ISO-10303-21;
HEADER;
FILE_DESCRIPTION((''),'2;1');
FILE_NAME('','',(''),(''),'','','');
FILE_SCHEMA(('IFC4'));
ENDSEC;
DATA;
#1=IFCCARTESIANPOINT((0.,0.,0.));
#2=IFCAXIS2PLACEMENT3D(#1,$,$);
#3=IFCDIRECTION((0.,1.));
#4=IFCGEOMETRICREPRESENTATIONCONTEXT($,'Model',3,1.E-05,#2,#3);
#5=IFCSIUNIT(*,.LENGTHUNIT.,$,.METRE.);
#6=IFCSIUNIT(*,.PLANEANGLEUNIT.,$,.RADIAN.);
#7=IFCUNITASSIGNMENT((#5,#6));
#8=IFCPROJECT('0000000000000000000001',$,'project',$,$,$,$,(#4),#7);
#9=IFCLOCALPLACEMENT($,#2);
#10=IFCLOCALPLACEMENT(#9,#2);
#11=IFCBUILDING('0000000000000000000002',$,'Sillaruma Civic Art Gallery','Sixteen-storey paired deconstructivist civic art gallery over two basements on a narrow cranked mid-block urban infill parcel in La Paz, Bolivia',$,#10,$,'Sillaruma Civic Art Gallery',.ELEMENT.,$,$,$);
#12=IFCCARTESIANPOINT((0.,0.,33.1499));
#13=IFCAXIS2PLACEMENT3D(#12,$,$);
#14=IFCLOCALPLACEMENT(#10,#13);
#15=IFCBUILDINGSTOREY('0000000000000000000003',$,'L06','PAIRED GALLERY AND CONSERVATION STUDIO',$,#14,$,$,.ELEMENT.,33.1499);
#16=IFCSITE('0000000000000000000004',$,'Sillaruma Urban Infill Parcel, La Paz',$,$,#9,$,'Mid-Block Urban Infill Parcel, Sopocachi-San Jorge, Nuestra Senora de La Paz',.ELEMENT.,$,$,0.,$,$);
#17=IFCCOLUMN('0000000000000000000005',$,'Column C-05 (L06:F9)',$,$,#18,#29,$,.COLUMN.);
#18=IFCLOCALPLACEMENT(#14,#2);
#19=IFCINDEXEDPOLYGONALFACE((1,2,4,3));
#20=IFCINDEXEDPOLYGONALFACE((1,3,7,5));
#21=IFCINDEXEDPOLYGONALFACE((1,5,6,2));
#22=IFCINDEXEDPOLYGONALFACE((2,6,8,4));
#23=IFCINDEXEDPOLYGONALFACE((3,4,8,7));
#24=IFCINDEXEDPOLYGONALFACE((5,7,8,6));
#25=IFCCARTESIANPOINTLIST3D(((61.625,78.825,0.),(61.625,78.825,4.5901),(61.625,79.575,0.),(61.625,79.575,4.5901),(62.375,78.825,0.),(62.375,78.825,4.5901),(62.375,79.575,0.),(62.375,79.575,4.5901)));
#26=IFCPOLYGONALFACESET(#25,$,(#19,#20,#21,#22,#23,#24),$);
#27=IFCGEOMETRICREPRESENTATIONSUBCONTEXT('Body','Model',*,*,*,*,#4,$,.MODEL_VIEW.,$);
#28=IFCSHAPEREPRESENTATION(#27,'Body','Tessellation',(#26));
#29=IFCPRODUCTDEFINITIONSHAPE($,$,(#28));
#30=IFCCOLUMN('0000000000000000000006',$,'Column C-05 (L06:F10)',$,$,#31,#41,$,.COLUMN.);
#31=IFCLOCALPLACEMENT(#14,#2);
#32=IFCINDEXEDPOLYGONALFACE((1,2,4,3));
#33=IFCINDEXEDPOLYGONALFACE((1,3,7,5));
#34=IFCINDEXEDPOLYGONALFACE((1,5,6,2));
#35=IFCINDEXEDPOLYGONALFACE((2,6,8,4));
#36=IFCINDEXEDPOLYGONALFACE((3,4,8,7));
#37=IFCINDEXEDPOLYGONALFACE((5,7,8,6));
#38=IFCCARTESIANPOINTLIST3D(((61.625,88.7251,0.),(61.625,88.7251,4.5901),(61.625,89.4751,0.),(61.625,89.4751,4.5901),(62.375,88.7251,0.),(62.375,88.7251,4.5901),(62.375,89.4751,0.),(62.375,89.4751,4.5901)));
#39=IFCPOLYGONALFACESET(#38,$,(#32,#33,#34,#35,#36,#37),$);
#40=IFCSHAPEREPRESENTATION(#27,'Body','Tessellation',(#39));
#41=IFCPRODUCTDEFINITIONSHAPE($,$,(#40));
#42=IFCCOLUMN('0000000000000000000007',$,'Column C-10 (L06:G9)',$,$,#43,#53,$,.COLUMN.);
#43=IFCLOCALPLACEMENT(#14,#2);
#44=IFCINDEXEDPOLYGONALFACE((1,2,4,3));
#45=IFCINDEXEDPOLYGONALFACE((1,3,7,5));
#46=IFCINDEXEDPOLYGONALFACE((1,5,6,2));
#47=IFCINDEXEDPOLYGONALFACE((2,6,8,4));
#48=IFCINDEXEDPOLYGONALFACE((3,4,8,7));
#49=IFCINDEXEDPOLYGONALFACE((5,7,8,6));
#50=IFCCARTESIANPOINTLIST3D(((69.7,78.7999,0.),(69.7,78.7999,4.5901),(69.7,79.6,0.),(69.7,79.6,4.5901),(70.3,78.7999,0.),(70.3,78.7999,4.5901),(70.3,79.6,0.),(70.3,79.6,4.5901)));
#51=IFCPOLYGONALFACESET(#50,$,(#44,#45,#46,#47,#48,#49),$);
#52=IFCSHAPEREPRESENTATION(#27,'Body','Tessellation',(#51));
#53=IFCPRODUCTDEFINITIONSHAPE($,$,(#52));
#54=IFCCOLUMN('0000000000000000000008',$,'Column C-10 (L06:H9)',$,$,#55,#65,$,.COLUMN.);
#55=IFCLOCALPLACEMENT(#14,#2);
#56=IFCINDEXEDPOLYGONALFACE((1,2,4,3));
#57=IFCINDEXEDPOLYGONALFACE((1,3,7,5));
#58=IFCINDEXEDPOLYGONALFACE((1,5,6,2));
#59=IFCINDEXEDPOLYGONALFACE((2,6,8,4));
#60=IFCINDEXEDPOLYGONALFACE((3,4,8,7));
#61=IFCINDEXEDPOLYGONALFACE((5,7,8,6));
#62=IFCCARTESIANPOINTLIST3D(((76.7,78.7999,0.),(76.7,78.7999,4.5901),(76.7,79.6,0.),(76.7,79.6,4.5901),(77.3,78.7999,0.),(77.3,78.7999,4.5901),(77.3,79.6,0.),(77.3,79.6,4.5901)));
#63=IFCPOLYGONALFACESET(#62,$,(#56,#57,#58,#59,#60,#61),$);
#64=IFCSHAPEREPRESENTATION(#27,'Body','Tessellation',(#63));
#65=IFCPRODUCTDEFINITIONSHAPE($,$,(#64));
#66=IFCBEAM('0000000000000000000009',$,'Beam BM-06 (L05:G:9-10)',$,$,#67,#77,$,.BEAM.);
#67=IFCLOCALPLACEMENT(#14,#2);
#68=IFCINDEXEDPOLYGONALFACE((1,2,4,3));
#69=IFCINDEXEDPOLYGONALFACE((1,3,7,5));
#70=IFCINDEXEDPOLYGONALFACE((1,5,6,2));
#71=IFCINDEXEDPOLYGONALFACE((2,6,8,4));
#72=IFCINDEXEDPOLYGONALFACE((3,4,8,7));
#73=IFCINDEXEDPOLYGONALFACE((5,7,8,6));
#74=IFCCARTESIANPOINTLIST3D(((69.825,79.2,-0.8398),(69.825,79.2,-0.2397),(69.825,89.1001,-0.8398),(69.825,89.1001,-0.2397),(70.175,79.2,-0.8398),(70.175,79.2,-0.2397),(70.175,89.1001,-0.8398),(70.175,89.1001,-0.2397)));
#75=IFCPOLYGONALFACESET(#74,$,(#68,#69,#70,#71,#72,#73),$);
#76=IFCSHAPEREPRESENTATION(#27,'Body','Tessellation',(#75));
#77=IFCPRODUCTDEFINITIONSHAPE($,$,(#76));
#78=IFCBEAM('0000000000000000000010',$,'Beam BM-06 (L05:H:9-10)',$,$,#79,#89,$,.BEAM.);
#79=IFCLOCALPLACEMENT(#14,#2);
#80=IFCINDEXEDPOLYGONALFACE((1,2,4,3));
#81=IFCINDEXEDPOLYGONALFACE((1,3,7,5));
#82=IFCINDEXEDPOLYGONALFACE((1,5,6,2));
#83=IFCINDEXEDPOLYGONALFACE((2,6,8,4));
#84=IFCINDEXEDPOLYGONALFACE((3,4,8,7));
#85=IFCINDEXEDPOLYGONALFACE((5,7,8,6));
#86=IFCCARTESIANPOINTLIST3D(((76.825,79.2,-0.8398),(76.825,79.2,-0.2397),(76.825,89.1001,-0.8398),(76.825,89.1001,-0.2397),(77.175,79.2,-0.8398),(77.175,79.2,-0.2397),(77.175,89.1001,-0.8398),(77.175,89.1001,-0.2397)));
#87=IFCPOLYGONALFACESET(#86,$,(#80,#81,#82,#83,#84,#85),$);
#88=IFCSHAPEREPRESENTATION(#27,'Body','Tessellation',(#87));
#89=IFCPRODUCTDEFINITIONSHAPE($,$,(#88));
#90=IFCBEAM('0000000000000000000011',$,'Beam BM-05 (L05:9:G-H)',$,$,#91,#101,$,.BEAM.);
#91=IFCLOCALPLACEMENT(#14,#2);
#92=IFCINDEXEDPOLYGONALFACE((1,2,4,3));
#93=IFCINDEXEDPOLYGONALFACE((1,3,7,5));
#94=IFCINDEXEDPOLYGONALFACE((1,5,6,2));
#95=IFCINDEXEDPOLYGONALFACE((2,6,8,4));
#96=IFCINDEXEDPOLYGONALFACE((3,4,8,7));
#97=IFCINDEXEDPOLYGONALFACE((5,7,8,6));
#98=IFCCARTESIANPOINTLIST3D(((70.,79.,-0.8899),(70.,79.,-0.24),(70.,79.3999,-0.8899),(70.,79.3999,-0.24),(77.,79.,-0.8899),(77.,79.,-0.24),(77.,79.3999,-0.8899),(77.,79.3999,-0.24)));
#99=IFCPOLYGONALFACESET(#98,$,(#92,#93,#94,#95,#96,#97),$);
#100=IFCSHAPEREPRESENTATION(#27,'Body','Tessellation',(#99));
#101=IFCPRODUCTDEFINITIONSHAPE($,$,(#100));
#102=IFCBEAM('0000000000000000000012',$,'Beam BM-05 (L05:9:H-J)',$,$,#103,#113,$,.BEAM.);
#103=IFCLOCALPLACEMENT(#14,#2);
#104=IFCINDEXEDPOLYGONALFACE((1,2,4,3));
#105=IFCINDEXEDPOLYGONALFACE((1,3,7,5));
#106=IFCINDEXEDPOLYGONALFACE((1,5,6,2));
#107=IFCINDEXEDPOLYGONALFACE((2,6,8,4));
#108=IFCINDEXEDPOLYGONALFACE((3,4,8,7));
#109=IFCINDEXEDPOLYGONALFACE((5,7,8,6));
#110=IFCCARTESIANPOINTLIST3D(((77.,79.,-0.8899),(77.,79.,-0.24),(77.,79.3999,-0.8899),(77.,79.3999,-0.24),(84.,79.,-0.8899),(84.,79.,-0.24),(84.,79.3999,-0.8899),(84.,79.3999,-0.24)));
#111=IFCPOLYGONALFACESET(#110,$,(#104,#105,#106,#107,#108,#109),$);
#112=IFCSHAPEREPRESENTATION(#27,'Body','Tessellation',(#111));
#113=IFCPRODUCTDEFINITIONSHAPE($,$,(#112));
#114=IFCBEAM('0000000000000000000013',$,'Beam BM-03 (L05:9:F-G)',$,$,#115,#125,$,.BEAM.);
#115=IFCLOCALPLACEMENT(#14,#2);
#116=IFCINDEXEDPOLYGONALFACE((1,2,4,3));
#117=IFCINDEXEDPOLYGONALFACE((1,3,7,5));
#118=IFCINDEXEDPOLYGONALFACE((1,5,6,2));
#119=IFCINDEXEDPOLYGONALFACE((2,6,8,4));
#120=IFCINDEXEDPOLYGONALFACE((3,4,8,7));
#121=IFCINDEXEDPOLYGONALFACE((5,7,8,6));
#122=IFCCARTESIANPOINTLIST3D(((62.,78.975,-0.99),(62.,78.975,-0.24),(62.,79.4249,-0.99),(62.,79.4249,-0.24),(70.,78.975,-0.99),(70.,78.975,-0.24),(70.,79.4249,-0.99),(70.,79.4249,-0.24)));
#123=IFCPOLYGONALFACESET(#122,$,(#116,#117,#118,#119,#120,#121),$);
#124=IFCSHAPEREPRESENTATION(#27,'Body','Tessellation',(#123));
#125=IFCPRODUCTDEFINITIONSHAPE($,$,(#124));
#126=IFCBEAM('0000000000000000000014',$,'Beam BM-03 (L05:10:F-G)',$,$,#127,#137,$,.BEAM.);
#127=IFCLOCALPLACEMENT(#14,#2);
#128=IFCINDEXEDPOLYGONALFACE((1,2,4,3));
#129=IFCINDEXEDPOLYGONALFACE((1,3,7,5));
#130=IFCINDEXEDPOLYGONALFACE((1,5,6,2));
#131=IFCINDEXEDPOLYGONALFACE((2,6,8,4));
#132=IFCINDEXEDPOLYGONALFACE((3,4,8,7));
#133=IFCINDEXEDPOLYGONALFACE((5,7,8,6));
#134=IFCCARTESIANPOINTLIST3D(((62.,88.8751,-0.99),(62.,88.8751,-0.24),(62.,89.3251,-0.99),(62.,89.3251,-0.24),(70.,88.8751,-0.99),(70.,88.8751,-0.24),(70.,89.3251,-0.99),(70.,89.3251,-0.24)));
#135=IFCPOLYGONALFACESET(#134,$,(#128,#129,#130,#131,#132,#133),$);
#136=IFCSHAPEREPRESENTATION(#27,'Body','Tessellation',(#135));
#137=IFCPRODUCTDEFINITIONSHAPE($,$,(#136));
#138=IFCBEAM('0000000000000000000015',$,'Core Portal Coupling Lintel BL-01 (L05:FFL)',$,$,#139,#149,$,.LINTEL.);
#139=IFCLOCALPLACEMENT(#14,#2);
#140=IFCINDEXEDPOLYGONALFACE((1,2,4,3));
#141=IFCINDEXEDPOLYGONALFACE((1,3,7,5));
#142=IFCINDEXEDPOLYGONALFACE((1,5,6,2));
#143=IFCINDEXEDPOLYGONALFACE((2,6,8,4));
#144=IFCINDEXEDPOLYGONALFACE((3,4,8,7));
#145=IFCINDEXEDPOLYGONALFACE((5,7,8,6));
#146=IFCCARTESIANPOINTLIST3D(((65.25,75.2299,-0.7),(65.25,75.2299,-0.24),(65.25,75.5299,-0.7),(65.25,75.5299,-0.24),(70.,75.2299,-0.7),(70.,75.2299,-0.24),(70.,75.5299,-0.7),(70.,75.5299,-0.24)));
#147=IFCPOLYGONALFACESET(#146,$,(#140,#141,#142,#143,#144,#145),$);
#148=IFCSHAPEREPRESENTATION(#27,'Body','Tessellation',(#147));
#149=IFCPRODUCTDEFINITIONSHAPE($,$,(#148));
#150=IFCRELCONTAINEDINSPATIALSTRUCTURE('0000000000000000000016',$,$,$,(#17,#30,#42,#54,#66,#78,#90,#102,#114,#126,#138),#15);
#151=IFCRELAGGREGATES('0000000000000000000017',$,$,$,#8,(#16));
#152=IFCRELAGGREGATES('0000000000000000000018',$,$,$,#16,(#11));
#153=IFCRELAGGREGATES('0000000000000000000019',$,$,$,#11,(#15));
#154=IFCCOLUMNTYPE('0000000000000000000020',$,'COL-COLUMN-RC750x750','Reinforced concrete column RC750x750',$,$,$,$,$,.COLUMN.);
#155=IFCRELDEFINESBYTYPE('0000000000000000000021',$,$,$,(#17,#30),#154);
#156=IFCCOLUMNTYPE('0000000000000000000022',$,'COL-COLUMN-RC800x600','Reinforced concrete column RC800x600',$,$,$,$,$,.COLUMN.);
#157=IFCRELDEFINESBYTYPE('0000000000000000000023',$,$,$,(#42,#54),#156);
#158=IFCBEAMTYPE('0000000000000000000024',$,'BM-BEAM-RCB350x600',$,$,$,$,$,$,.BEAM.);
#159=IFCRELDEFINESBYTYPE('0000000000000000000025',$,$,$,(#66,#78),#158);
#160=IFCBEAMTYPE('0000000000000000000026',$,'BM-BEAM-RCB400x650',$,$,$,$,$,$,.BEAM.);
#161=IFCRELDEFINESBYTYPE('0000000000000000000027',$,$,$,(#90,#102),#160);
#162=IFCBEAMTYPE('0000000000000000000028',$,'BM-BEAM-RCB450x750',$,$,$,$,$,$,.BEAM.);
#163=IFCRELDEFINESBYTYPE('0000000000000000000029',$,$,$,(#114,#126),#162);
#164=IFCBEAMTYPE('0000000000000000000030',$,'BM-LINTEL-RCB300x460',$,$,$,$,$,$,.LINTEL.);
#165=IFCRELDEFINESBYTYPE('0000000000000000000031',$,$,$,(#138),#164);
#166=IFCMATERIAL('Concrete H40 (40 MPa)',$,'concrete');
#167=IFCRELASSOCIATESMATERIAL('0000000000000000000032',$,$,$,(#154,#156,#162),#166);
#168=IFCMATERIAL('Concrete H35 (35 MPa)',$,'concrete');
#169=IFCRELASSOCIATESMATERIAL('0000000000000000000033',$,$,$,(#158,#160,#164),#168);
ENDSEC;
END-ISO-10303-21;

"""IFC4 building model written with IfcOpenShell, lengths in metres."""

from ifc_helpers import new_model, si_unit, direction, frame, origin, origin_2d, place, context, subcontext, project, spatial, rectangle, extrude, material, material_profile, profile_set, type_object, element, save


model = new_model("IFC4")

# Units and contexts
model_context = context("Model", 3, precision=1e-05, world=origin(), true_north=direction((0.0, 1.0)))
body_context = subcontext(model_context, "Body", "Model", "MODEL_VIEW")
ifc_project = project(units=[si_unit("LENGTHUNIT", "METRE"), si_unit("PLANEANGLEUNIT", "RADIAN")], contexts=[model_context])

# Site, building, storey
site_placement = place(None, origin())
site = spatial("IfcSite", under=ifc_project, at=site_placement, Name="Sillaruma Urban Infill Parcel, La Paz", LongName="Mid-Block Urban Infill Parcel, Sopocachi-San Jorge, Nuestra Senora de La Paz", CompositionType="ELEMENT", RefElevation=0.0)
building_placement = place(site_placement, origin())
building = spatial("IfcBuilding", under=site, at=building_placement, Name="Sillaruma Civic Art Gallery", Description="Sixteen-storey paired deconstructivist civic art gallery over two basements on a narrow cranked mid-block urban infill parcel in La Paz, Bolivia", LongName="Sillaruma Civic Art Gallery", CompositionType="ELEMENT")
storey_placement = place(building_placement, frame((0.0, 0.0, 33.1499)))
storey = spatial("IfcBuildingStorey", under=building, at=storey_placement, Name="L06", Description="PAIRED GALLERY AND CONSERVATION STUDIO", CompositionType="ELEMENT", Elevation=33.1499)

# Columns
ifc_material_1 = material(Name="Concrete H40 (40 MPa)", Category="concrete")
ifc_material_profile_1 = material_profile(ifc_material_1, rectangle(XDim=0.75, YDim=0.75, at=origin_2d()), Name="RC750x750")
ifc_profile_set_1 = profile_set([ifc_material_profile_1], Name="Concrete H40 (40 MPa)")
column_type_1 = type_object("IfcColumnType", Name="COL-COLUMN-RC750x750", Description="Reinforced concrete column RC750x750", PredefinedType="COLUMN", material=ifc_profile_set_1)
for number, where, z_axis, x_axis, name in (
    (1, (62.0, 79.2, 0.0), (0.0, 0.0, 1.0), (1.0, 0.0, 0.0), "Column C-05 (L06:F9)"),
    (2, (62.0, 89.1001, 0.0), (0.0, 0.0, 1.0), (1.0, 0.0, 0.0), "Column C-05 (L06:F10)"),
):
    element("IfcColumn", number, at=place(storey_placement, frame(where, z_axis=z_axis, x_axis=x_axis)), inside=storey, type_object=column_type_1, Name=name, PredefinedType="COLUMN", context=body_context, shape_type="SweptSolid", body=[
        extrude(rectangle(XDim=0.75, YDim=0.75, at=origin_2d()), origin(), (0.0, 0.0, 1.0), 4.5901),
    ])
ifc_material_profile_2 = material_profile(ifc_material_1, rectangle(XDim=0.6001, YDim=0.8, at=origin_2d()), Name="RC800x600")
ifc_profile_set_2 = profile_set([ifc_material_profile_2], Name="Concrete H40 (40 MPa)")
column_type_2 = type_object("IfcColumnType", Name="COL-COLUMN-RC800x600", Description="Reinforced concrete column RC800x600", PredefinedType="COLUMN", material=ifc_profile_set_2)
for number, where, z_axis, x_axis, name in (
    (3, (70.0, 79.2, 0.0), (0.0, 0.0, 1.0), (1.0, 0.0, 0.0), "Column C-10 (L06:G9)"),
    (4, (77.0, 79.2, 0.0), (0.0, 0.0, 1.0), (1.0, 0.0, 0.0), "Column C-10 (L06:H9)"),
):
    element("IfcColumn", number, at=place(storey_placement, frame(where, z_axis=z_axis, x_axis=x_axis)), inside=storey, type_object=column_type_2, Name=name, PredefinedType="COLUMN", context=body_context, shape_type="SweptSolid", body=[
        extrude(rectangle(XDim=0.6001, YDim=0.8, at=origin_2d()), origin(), (0.0, 0.0, 1.0), 4.5901),
    ])

# Beams
ifc_material_2 = material(Name="Concrete H35 (35 MPa)", Category="concrete")
ifc_material_profile_3 = material_profile(ifc_material_2, rectangle(XDim=0.3501, YDim=0.6001, at=origin_2d()), Name="RCB350x600")
ifc_profile_set_3 = profile_set([ifc_material_profile_3], Name="Concrete H35 (35 MPa)")
beam_type_1 = type_object("IfcBeamType", Name="BM-BEAM-RCB350x600", PredefinedType="BEAM", material=ifc_profile_set_3)
for number, where, z_axis, x_axis, name in (
    (5, (70.0, 79.2, -0.5398), (0.0, 1.0, 0.0), (-1.0, 0.0, 0.0), "Beam BM-06 (L05:G:9-10)"),
    (6, (77.0, 79.2, -0.5398), (0.0, 1.0, 0.0), (-1.0, 0.0, 0.0), "Beam BM-06 (L05:H:9-10)"),
):
    element("IfcBeam", number, at=place(storey_placement, frame(where, z_axis=z_axis, x_axis=x_axis)), inside=storey, type_object=beam_type_1, Name=name, PredefinedType="BEAM", context=body_context, shape_type="SweptSolid", body=[
        extrude(rectangle(XDim=0.3501, YDim=0.6001, at=origin_2d()), origin(), (0.0, 0.0, 1.0), 9.9001),
    ])
ifc_material_profile_4 = material_profile(ifc_material_2, rectangle(XDim=0.3999, YDim=0.6499, at=origin_2d()), Name="RCB400x650")
ifc_profile_set_4 = profile_set([ifc_material_profile_4], Name="Concrete H35 (35 MPa)")
beam_type_2 = type_object("IfcBeamType", Name="BM-BEAM-RCB400x650", PredefinedType="BEAM", material=ifc_profile_set_4)
for number, where, z_axis, x_axis, name in (
    (7, (70.0, 79.2, -0.5649), (1.0, 0.0, 0.0), (0.0, 1.0, 0.0), "Beam BM-05 (L05:9:G-H)"),
    (8, (77.0, 79.2, -0.5649), (1.0, 0.0, 0.0), (0.0, 1.0, 0.0), "Beam BM-05 (L05:9:H-J)"),
):
    element("IfcBeam", number, at=place(storey_placement, frame(where, z_axis=z_axis, x_axis=x_axis)), inside=storey, type_object=beam_type_2, Name=name, PredefinedType="BEAM", context=body_context, shape_type="SweptSolid", body=[
        extrude(rectangle(XDim=0.3999, YDim=0.6499, at=origin_2d()), origin(), (0.0, 0.0, 1.0), 7.0),
    ])
ifc_material_profile_5 = material_profile(ifc_material_1, rectangle(XDim=0.45, YDim=0.75, at=origin_2d()), Name="RCB450x750")
ifc_profile_set_5 = profile_set([ifc_material_profile_5], Name="Concrete H40 (40 MPa)")
beam_type_3 = type_object("IfcBeamType", Name="BM-BEAM-RCB450x750", PredefinedType="BEAM", material=ifc_profile_set_5)
for number, where, z_axis, x_axis, name in (
    (9, (62.0, 79.2, -0.615), (1.0, 0.0, 0.0), (0.0, 1.0, 0.0), "Beam BM-03 (L05:9:F-G)"),
    (10, (62.0, 89.1001, -0.615), (1.0, 0.0, 0.0), (0.0, 1.0, 0.0), "Beam BM-03 (L05:10:F-G)"),
):
    element("IfcBeam", number, at=place(storey_placement, frame(where, z_axis=z_axis, x_axis=x_axis)), inside=storey, type_object=beam_type_3, Name=name, PredefinedType="BEAM", context=body_context, shape_type="SweptSolid", body=[
        extrude(rectangle(XDim=0.45, YDim=0.75, at=origin_2d()), origin(), (0.0, 0.0, 1.0), 8.0),
    ])
ifc_material_profile_6 = material_profile(ifc_material_2, rectangle(XDim=0.3, YDim=0.46, at=origin_2d()), Name="RCB300x460")
ifc_profile_set_6 = profile_set([ifc_material_profile_6], Name="Concrete H35 (35 MPa)")
beam_type_4 = type_object("IfcBeamType", Name="BM-LINTEL-RCB300x460", PredefinedType="LINTEL", material=ifc_profile_set_6)
beam_1_placement = place(storey_placement, frame((65.25, 75.3799, -0.47), z_axis=(1.0, 0.0, 0.0), x_axis=(0.0, 1.0, 0.0)))
element("IfcBeam", 11, at=beam_1_placement, inside=storey, type_object=beam_type_4, Name="Core Portal Coupling Lintel BL-01 (L05:FFL)", PredefinedType="LINTEL", context=body_context, shape_type="SweptSolid", body=[
    extrude(rectangle(XDim=0.3, YDim=0.46, at=origin_2d()), origin(), (0.0, 0.0, 1.0), 4.75),
])

save(model, "model.ifc")
